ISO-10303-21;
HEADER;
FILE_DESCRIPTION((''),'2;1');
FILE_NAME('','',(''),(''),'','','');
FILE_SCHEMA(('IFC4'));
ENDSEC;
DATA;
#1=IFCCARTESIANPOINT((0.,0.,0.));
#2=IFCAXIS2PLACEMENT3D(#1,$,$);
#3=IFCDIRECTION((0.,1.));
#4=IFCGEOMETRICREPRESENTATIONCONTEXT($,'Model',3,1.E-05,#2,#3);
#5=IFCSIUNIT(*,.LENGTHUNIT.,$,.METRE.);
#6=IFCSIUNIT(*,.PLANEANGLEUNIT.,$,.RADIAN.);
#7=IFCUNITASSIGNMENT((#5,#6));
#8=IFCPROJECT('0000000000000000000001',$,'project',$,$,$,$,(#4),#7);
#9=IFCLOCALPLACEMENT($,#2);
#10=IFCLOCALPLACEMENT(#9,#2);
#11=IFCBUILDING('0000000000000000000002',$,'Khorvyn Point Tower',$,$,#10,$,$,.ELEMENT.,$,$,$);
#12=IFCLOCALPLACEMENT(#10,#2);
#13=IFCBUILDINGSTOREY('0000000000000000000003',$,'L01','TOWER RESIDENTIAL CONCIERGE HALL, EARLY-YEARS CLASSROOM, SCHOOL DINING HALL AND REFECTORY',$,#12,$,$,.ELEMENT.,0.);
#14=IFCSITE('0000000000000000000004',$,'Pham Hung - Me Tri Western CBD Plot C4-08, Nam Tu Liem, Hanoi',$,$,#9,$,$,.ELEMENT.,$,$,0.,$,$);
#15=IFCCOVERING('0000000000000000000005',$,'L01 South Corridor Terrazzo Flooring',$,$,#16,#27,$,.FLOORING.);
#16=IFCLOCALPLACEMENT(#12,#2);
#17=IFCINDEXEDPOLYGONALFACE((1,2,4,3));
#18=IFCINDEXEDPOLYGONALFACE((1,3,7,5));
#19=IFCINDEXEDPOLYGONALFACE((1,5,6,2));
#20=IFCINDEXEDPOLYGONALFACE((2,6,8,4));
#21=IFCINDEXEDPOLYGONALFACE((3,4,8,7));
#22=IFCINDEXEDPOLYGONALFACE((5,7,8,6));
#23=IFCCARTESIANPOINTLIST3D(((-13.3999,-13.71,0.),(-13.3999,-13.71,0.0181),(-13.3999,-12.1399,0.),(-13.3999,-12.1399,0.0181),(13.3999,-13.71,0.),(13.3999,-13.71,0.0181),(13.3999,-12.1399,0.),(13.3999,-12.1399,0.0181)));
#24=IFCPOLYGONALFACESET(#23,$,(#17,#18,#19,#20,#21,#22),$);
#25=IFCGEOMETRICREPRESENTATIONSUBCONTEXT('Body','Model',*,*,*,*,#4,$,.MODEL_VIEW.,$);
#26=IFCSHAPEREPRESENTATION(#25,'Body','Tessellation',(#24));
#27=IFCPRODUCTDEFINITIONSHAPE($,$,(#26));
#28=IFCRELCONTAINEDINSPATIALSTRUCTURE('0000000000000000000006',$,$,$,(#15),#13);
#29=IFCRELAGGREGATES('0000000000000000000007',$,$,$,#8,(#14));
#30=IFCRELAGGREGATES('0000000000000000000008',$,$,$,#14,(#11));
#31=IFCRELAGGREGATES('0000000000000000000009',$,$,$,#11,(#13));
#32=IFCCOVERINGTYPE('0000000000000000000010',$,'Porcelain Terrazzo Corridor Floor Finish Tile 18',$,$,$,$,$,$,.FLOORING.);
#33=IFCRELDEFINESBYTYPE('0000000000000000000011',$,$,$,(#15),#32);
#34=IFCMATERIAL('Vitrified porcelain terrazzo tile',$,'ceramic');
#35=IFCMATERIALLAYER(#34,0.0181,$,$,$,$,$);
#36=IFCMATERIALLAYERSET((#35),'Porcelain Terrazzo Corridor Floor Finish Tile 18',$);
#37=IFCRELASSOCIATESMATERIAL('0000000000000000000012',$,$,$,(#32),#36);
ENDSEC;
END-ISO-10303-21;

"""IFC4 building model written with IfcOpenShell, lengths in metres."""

from ifc_helpers import new_model, si_unit, direction, origin, place, context, subcontext, project, spatial, polyline, outline, extrude, material, layer, layer_set, type_object, element, save


model = new_model("IFC4")

# Units and contexts
model_context = context("Model", 3, precision=1e-05, world=origin(), true_north=direction((0.0, 1.0)))
body_context = subcontext(model_context, "Body", "Model", "MODEL_VIEW")
ifc_project = project(units=[si_unit("LENGTHUNIT", "METRE"), si_unit("PLANEANGLEUNIT", "RADIAN")], contexts=[model_context])

# Site, building, storey
site_placement = place(None, origin())
site = spatial("IfcSite", under=ifc_project, at=site_placement, Name="Pham Hung - Me Tri Western CBD Plot C4-08, Nam Tu Liem, Hanoi", CompositionType="ELEMENT", RefElevation=0.0)
building_placement = place(site_placement, origin())
building = spatial("IfcBuilding", under=site, at=building_placement, Name="Khorvyn Point Tower", CompositionType="ELEMENT")
storey_placement = place(building_placement, origin())
storey = spatial("IfcBuildingStorey", under=building, at=storey_placement, Name="L01", Description="TOWER RESIDENTIAL CONCIERGE HALL, EARLY-YEARS CLASSROOM, SCHOOL DINING HALL AND REFECTORY", CompositionType="ELEMENT", Elevation=0.0)

# Covering
ifc_material_1 = material(Name="Vitrified porcelain terrazzo tile", Category="ceramic")
ifc_layer_1 = layer(ifc_material_1, 0.0181)
ifc_layer_set_1 = layer_set([ifc_layer_1], Name="Porcelain Terrazzo Corridor Floor Finish Tile 18")
covering_type_1 = type_object("IfcCoveringType", Name="Porcelain Terrazzo Corridor Floor Finish Tile 18", PredefinedType="FLOORING", material=ifc_layer_set_1)
covering_1_placement = place(storey_placement, origin())
element("IfcCovering", 1, at=covering_1_placement, inside=storey, type_object=covering_type_1, Name="L01 South Corridor Terrazzo Flooring", PredefinedType="FLOORING", context=body_context, shape_type="SweptSolid", body=[
    extrude(outline(polyline([(-13.3999, -13.71), (13.3999, -13.71), (13.3999, -12.1399), (-13.3999, -12.1399), (-13.3999, -13.71)])), origin(), (0.0, 0.0, 1.0), 0.0181),
])

save(model, "model.ifc")
